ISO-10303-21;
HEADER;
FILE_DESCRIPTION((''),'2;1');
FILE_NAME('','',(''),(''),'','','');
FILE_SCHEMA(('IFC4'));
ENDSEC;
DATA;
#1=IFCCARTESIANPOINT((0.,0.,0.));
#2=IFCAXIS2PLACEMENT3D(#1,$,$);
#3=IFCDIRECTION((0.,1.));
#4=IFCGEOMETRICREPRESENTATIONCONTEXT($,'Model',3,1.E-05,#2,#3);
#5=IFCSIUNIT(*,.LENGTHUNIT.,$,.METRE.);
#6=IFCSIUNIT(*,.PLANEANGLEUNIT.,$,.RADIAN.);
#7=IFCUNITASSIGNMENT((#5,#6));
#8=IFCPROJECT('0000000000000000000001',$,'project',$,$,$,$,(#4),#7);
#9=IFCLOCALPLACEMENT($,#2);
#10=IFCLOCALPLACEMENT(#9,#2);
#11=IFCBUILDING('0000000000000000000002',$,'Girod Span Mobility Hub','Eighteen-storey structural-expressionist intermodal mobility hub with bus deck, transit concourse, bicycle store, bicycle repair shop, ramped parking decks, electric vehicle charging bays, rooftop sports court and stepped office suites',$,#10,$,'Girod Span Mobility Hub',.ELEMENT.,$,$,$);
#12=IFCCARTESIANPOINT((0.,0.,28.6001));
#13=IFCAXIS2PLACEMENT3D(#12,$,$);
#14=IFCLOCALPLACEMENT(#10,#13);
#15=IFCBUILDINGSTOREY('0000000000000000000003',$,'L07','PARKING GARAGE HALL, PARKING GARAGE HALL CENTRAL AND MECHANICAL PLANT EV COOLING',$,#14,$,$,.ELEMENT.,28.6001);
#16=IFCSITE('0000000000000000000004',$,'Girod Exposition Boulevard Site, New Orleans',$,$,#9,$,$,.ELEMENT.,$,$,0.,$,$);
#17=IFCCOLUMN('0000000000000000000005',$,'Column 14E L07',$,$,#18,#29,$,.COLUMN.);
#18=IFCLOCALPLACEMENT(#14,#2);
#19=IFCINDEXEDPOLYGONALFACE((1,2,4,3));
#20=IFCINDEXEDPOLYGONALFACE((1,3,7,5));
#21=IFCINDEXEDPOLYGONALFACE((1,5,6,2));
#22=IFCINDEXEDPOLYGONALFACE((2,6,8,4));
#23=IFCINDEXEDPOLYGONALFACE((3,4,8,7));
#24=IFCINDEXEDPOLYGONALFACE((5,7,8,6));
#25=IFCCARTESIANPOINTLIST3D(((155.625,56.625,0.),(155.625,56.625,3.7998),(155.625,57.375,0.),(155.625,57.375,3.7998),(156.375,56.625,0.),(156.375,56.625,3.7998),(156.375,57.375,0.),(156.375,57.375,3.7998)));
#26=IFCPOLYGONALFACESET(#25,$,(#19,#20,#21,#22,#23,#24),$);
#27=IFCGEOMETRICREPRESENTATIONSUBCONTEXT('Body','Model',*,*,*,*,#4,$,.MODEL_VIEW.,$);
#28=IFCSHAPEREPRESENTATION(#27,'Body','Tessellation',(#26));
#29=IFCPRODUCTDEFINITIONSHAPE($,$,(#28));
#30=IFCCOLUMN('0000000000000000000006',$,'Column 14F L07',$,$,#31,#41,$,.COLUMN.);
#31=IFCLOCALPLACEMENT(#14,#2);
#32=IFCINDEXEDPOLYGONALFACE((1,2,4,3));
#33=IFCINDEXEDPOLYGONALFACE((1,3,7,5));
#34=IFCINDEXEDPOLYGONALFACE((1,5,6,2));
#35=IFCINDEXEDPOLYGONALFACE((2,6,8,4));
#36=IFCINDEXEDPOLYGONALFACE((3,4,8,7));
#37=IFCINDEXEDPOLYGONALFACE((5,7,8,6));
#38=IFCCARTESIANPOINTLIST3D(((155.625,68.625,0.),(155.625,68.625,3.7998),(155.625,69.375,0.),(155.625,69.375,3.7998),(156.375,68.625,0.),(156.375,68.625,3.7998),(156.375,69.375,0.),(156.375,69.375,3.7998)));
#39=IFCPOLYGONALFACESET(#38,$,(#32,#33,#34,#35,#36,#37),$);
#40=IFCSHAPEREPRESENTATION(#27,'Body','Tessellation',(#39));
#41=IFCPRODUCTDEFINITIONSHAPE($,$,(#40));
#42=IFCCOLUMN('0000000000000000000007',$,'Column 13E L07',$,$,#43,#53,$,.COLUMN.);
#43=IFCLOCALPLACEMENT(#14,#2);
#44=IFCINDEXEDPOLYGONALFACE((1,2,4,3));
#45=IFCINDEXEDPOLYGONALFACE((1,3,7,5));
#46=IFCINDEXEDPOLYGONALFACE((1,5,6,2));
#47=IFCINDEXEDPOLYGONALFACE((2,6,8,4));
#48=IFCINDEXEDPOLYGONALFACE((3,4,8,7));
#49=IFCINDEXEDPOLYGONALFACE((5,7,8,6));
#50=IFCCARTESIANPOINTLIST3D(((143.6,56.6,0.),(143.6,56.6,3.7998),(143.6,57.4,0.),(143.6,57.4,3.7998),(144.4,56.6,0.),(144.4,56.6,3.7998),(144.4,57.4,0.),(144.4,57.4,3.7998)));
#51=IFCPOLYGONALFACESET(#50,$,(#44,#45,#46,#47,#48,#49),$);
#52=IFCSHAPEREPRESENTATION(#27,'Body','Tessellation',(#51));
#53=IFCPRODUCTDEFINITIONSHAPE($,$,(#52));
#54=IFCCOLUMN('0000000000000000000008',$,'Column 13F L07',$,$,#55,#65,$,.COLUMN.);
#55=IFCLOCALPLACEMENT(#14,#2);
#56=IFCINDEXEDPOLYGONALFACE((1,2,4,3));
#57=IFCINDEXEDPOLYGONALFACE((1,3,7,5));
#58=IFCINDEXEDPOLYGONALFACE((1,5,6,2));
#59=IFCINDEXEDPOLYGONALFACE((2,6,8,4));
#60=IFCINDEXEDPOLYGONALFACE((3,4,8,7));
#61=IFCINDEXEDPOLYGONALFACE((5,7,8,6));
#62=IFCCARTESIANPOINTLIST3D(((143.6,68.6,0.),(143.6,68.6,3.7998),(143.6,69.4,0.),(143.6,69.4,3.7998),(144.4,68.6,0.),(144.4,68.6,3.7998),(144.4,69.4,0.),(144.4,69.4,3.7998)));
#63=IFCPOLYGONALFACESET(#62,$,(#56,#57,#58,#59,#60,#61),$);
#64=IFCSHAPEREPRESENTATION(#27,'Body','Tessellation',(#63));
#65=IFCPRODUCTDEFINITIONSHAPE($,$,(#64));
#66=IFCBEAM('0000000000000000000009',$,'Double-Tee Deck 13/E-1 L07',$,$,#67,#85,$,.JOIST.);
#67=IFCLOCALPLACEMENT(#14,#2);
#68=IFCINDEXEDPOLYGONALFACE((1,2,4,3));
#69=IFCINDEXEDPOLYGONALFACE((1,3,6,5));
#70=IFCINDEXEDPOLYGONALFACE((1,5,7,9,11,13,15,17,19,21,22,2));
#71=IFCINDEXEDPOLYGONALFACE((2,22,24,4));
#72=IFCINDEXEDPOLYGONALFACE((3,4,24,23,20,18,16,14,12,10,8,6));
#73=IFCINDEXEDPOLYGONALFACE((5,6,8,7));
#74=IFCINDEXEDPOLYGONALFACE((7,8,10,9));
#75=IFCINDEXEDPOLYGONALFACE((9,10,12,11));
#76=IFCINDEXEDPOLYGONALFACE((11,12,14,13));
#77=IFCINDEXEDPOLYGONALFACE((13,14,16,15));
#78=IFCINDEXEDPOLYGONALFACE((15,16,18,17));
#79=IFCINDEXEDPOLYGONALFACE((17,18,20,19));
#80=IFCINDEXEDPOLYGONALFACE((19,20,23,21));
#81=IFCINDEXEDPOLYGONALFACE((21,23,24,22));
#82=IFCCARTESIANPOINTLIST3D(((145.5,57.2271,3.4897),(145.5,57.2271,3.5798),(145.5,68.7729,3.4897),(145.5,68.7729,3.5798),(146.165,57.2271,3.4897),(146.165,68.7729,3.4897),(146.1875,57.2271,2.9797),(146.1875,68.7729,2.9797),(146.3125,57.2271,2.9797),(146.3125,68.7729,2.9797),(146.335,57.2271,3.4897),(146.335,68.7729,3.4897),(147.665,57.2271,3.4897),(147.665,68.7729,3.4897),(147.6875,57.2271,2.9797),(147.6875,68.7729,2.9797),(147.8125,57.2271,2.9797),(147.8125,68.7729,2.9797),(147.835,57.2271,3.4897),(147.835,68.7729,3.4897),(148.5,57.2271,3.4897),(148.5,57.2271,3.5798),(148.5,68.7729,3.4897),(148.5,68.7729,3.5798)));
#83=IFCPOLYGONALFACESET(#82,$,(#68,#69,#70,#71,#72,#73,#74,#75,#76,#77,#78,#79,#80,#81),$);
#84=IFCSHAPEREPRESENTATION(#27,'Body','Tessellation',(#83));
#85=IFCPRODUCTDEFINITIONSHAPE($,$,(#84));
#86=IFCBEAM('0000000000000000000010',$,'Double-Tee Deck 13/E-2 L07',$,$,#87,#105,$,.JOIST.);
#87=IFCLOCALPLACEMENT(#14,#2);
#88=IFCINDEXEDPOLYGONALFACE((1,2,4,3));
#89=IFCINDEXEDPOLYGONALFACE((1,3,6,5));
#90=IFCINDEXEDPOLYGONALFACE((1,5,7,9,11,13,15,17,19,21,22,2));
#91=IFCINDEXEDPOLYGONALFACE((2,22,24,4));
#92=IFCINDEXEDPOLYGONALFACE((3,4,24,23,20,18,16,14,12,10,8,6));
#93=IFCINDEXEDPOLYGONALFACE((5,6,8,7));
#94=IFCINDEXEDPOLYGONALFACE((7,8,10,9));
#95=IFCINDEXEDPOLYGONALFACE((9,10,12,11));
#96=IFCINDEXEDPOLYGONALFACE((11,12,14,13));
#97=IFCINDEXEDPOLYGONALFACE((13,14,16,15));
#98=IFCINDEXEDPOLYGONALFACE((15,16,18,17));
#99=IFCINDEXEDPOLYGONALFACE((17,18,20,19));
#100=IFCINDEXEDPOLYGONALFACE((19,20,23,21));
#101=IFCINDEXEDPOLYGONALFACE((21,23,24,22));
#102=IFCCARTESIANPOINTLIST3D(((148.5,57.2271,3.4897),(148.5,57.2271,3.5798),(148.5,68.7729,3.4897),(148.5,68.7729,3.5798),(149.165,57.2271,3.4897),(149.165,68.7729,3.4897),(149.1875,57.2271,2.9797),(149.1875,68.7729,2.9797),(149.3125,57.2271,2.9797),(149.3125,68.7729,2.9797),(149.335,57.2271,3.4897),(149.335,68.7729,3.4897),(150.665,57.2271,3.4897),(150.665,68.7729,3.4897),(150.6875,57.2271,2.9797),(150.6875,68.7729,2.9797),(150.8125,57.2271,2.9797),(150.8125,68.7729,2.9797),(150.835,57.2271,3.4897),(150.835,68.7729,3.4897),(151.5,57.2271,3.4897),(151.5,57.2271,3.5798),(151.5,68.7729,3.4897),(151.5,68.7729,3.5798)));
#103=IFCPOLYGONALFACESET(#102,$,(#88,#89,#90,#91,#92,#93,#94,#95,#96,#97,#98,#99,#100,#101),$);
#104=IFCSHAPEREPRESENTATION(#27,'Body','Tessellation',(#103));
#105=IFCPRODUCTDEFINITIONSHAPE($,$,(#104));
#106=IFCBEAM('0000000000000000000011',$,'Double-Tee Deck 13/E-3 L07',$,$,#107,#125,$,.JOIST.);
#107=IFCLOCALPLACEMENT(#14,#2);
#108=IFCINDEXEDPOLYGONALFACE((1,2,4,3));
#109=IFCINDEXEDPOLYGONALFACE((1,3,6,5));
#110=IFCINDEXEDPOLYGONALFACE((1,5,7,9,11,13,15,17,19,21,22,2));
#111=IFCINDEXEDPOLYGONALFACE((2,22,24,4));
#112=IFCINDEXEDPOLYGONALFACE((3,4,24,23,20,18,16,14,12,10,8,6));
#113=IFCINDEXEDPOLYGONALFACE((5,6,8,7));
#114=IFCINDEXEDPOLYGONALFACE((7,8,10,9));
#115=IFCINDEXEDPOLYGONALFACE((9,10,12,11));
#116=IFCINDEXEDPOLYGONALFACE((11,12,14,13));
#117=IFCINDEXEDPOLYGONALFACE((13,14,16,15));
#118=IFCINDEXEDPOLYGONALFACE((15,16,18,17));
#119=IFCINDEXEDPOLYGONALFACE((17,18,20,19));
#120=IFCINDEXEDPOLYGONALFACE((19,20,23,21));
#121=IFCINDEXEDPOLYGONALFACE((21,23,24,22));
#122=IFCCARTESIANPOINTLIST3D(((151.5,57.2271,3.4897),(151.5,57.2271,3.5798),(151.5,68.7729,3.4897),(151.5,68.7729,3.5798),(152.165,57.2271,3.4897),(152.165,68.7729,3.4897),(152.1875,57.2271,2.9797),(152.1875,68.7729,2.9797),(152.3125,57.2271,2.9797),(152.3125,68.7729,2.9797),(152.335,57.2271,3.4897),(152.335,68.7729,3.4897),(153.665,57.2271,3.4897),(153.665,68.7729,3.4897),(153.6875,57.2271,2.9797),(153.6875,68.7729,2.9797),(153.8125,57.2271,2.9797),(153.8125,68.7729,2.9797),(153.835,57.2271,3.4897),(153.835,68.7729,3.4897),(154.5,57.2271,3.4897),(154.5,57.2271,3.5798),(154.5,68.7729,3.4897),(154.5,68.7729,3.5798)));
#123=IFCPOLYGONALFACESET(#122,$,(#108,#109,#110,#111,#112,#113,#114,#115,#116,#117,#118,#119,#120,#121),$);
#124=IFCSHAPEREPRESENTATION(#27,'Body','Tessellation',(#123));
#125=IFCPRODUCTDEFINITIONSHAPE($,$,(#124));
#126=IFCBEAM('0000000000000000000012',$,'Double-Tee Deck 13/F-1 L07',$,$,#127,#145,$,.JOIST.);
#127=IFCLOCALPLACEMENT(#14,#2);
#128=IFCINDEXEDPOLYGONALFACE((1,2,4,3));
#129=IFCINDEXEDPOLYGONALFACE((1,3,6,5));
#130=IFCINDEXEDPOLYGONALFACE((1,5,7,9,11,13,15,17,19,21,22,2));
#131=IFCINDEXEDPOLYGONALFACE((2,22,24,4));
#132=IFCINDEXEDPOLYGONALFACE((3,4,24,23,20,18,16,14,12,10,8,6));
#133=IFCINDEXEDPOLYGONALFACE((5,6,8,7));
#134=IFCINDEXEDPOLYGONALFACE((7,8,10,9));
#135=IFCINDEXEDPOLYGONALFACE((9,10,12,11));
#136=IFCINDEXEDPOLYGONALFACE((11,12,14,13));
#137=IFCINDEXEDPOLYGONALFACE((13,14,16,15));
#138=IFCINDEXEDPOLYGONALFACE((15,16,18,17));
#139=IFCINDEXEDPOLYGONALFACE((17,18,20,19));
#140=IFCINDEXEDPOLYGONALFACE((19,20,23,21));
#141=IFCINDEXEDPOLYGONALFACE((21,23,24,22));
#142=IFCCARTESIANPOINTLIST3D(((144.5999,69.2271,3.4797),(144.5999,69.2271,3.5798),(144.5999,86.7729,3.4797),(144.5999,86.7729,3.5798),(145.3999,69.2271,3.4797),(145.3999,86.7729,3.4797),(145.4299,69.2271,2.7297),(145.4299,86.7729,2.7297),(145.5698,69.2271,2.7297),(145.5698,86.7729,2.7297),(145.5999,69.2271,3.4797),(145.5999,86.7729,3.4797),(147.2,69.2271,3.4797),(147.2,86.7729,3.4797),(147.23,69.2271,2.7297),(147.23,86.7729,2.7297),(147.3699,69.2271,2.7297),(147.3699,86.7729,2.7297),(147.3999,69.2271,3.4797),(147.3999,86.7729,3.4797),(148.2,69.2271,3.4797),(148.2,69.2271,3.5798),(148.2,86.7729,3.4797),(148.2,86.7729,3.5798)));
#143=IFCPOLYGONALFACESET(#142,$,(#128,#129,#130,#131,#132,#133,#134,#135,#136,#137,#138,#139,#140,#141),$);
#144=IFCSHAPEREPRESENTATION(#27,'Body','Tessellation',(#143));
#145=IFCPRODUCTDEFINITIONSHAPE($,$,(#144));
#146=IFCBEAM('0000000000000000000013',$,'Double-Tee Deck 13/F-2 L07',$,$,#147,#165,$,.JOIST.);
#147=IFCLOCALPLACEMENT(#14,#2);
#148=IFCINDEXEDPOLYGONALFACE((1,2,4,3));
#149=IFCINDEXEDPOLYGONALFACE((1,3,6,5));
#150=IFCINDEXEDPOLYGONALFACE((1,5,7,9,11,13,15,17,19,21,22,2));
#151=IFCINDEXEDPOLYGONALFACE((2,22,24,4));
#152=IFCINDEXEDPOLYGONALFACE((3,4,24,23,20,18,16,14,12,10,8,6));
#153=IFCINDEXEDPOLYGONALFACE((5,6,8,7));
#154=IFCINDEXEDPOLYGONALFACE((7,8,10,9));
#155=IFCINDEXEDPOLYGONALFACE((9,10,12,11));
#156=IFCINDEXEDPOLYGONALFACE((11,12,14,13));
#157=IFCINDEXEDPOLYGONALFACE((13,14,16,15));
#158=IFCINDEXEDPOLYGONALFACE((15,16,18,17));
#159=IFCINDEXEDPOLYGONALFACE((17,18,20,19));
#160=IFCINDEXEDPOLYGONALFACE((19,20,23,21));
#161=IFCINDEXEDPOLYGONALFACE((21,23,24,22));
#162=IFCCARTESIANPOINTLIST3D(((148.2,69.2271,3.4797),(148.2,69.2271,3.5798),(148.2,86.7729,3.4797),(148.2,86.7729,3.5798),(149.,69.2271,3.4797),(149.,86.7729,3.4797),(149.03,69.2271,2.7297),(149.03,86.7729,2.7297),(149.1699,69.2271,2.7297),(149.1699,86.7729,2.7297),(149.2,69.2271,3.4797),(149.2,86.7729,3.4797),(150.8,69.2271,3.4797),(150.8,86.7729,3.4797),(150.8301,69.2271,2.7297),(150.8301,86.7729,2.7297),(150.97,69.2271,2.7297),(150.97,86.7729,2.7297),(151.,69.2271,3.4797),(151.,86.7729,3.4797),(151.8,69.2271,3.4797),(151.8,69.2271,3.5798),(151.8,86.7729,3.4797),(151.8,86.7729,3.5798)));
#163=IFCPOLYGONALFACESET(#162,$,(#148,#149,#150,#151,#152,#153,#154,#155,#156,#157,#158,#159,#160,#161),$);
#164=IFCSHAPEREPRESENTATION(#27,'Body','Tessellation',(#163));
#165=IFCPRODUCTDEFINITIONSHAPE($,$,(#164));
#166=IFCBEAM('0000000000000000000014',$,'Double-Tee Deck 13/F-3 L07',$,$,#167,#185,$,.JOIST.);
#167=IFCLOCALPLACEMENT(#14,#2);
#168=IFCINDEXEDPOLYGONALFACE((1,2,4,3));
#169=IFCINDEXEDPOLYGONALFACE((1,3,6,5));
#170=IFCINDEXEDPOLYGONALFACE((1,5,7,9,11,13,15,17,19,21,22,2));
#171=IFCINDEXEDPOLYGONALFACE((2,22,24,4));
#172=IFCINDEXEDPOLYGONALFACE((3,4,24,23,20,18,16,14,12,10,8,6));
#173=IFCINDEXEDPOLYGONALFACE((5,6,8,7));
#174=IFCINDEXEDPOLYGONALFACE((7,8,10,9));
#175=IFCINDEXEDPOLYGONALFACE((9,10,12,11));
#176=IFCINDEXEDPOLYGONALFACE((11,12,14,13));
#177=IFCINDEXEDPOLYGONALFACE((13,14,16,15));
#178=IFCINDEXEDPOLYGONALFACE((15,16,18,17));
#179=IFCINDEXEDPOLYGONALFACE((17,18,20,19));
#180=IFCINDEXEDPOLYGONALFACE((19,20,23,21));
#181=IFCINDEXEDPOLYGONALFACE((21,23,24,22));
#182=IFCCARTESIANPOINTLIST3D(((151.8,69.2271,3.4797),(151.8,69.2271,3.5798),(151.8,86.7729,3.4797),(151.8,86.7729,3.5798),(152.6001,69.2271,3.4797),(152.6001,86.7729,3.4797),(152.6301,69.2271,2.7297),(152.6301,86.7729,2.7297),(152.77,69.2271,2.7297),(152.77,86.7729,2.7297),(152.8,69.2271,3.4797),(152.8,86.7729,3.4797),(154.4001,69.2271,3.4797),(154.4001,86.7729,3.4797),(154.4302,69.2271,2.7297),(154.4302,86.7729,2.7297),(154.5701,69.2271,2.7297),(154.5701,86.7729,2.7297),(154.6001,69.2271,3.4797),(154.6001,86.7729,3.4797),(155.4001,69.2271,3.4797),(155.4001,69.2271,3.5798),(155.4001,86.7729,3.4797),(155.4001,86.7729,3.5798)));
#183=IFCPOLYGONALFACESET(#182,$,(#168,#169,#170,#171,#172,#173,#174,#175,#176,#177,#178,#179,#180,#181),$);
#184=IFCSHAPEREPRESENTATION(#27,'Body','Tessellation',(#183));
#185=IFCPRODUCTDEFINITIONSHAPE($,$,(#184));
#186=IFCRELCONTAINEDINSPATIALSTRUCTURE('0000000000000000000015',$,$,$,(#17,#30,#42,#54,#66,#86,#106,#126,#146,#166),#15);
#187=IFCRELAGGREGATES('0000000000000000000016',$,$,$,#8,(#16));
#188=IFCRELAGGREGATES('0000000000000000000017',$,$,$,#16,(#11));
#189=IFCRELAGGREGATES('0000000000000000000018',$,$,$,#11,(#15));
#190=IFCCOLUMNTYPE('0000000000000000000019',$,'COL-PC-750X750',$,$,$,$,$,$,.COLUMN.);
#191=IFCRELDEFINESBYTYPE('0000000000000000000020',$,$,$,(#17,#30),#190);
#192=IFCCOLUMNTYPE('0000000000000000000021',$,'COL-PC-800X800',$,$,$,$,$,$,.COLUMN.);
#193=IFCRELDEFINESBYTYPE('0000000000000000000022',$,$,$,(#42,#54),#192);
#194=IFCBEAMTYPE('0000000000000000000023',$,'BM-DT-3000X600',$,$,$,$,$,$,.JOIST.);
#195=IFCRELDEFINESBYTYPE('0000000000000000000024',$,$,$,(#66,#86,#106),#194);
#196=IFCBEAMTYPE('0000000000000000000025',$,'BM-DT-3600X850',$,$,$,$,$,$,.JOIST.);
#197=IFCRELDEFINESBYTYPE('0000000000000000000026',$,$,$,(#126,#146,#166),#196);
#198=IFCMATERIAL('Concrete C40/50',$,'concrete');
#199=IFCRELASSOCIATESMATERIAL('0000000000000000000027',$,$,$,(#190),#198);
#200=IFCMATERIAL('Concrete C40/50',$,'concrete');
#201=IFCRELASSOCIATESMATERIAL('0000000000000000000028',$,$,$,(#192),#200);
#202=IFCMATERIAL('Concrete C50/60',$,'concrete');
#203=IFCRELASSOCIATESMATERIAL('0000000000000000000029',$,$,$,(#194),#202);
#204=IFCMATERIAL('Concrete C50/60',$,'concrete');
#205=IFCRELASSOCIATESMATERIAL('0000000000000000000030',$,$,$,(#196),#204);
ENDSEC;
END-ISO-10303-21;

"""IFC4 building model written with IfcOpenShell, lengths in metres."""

from ifc_helpers import new_model, si_unit, direction, frame, origin, origin_2d, place, context, subcontext, project, spatial, polyline, rectangle, outline, extrude, material, material_profile, profile_set, type_object, element, save


model = new_model("IFC4")

# Units and contexts
model_context = context("Model", 3, precision=1e-05, world=origin(), true_north=direction((0.0, 1.0)))
body_context = subcontext(model_context, "Body", "Model", "MODEL_VIEW")
ifc_project = project(units=[si_unit("LENGTHUNIT", "METRE"), si_unit("PLANEANGLEUNIT", "RADIAN")], contexts=[model_context])

# Site, building, storey
site_placement = place(None, origin())
site = spatial("IfcSite", under=ifc_project, at=site_placement, Name="Girod Exposition Boulevard Site, New Orleans", CompositionType="ELEMENT", RefElevation=0.0)
building_placement = place(site_placement, origin())
building = spatial("IfcBuilding", under=site, at=building_placement, Name="Girod Span Mobility Hub", Description="Eighteen-storey structural-expressionist intermodal mobility hub with bus deck, transit concourse, bicycle store, bicycle repair shop, ramped parking decks, electric vehicle charging bays, rooftop sports court and stepped office suites", LongName="Girod Span Mobility Hub", CompositionType="ELEMENT")
storey_placement = place(building_placement, frame((0.0, 0.0, 28.6001)))
storey = spatial("IfcBuildingStorey", under=building, at=storey_placement, Name="L07", Description="PARKING GARAGE HALL, PARKING GARAGE HALL CENTRAL AND MECHANICAL PLANT EV COOLING", CompositionType="ELEMENT", Elevation=28.6001)

# Columns
ifc_material_1 = material(Name="Concrete C40/50", Category="concrete")
ifc_material_profile_1 = material_profile(ifc_material_1, rectangle(XDim=0.75, YDim=0.75, at=origin_2d()), Name="PC-COL-750X750")
ifc_profile_set_1 = profile_set([ifc_material_profile_1], Name="Concrete C40/50")
column_type_1 = type_object("IfcColumnType", Name="COL-PC-750X750", PredefinedType="COLUMN", material=ifc_profile_set_1)
for number, where, z_axis, x_axis, name in (
    (1, (156.0, 57.0, 0.0), (0.0, 0.0, 1.0), (1.0, 0.0, 0.0), "Column 14E L07"),
    (2, (156.0, 69.0, 0.0), (0.0, 0.0, 1.0), (1.0, 0.0, 0.0), "Column 14F L07"),
):
    element("IfcColumn", number, at=place(storey_placement, frame(where, z_axis=z_axis, x_axis=x_axis)), inside=storey, type_object=column_type_1, Name=name, PredefinedType="COLUMN", context=body_context, shape_type="SweptSolid", body=[
        extrude(rectangle(XDim=0.75, YDim=0.75, at=origin_2d()), origin(), (0.0, 0.0, 1.0), 3.7998),
    ])
ifc_material_2 = material(Name="Concrete C40/50", Category="concrete")
ifc_material_profile_2 = material_profile(ifc_material_2, rectangle(XDim=0.8, YDim=0.8, at=origin_2d()), Name="PC-COL-800X800")
ifc_profile_set_2 = profile_set([ifc_material_profile_2], Name="Concrete C40/50")
column_type_2 = type_object("IfcColumnType", Name="COL-PC-800X800", PredefinedType="COLUMN", material=ifc_profile_set_2)
for number, where, z_axis, x_axis, name in (
    (3, (144.0, 57.0, 0.0), (0.0, 0.0, 1.0), (1.0, 0.0, 0.0), "Column 13E L07"),
    (4, (144.0, 69.0, 0.0), (0.0, 0.0, 1.0), (1.0, 0.0, 0.0), "Column 13F L07"),
):
    element("IfcColumn", number, at=place(storey_placement, frame(where, z_axis=z_axis, x_axis=x_axis)), inside=storey, type_object=column_type_2, Name=name, PredefinedType="COLUMN", context=body_context, shape_type="SweptSolid", body=[
        extrude(rectangle(XDim=0.8, YDim=0.8, at=origin_2d()), origin(), (0.0, 0.0, 1.0), 3.7998),
    ])

# Beams
ifc_material_3 = material(Name="Concrete C50/60", Category="concrete")
ifc_material_profile_3 = material_profile(ifc_material_3, outline(polyline([(-1.5, 0.3), (-1.5, 0.21), (-0.835, 0.21), (-0.8125, -0.3), (-0.6875, -0.3), (-0.665, 0.21), (0.665, 0.21), (0.6875, -0.3), (0.8125, -0.3), (0.835, 0.21), (1.5, 0.21), (1.5, 0.3), (-1.5, 0.3)])), Name="DT-3000X600")
ifc_profile_set_3 = profile_set([ifc_material_profile_3], Name="Concrete C50/60")
beam_type_1 = type_object("IfcBeamType", Name="BM-DT-3000X600", PredefinedType="JOIST", material=ifc_profile_set_3)
for number, where, z_axis, x_axis, name in (
    (5, (147.0, 57.2271, 3.2798), (0.0, 1.0, 0.0), (-1.0, 0.0, 0.0), "Double-Tee Deck 13/E-1 L07"),
    (6, (150.0, 57.2271, 3.2798), (0.0, 1.0, 0.0), (-1.0, 0.0, 0.0), "Double-Tee Deck 13/E-2 L07"),
    (7, (153.0, 57.2271, 3.2798), (0.0, 1.0, 0.0), (-1.0, 0.0, 0.0), "Double-Tee Deck 13/E-3 L07"),
):
    element("IfcBeam", number, at=place(storey_placement, frame(where, z_axis=z_axis, x_axis=x_axis)), inside=storey, type_object=beam_type_1, Name=name, PredefinedType="JOIST", context=body_context, shape_type="SweptSolid", body=[
        extrude(outline(polyline([(-1.5, 0.3), (-1.5, 0.21), (-0.835, 0.21), (-0.8125, -0.3), (-0.6875, -0.3), (-0.665, 0.21), (0.665, 0.21), (0.6875, -0.3), (0.8125, -0.3), (0.835, 0.21), (1.5, 0.21), (1.5, 0.3), (-1.5, 0.3)])), origin(), (0.0, 0.0, 1.0), 11.5459),
    ])
ifc_material_4 = material(Name="Concrete C50/60", Category="concrete")
ifc_material_profile_4 = material_profile(ifc_material_4, outline(polyline([(-1.8, 0.425), (-1.8, 0.325), (-1.0, 0.325), (-0.97, -0.425), (-0.8301, -0.425), (-0.8, 0.325), (0.8, 0.325), (0.8301, -0.425), (0.97, -0.425), (1.0, 0.325), (1.8, 0.325), (1.8, 0.425), (-1.8, 0.425)])), Name="DT-3600X850")
ifc_profile_set_4 = profile_set([ifc_material_profile_4], Name="Concrete C50/60")
beam_type_2 = type_object("IfcBeamType", Name="BM-DT-3600X850", PredefinedType="JOIST", material=ifc_profile_set_4)
for number, where, z_axis, x_axis, name in (
    (8, (146.3999, 69.2271, 3.1548), (0.0, 1.0, 0.0), (-1.0, 0.0, 0.0), "Double-Tee Deck 13/F-1 L07"),
    (9, (150.0, 69.2271, 3.1548), (0.0, 1.0, 0.0), (-1.0, 0.0, 0.0), "Double-Tee Deck 13/F-2 L07"),
    (10, (153.6001, 69.2271, 3.1548), (0.0, 1.0, 0.0), (-1.0, 0.0, 0.0), "Double-Tee Deck 13/F-3 L07"),
):
    element("IfcBeam", number, at=place(storey_placement, frame(where, z_axis=z_axis, x_axis=x_axis)), inside=storey, type_object=beam_type_2, Name=name, PredefinedType="JOIST", context=body_context, shape_type="SweptSolid", body=[
        extrude(outline(polyline([(-1.8, 0.425), (-1.8, 0.325), (-1.0, 0.325), (-0.97, -0.425), (-0.8301, -0.425), (-0.8, 0.325), (0.8, 0.325), (0.8301, -0.425), (0.97, -0.425), (1.0, 0.325), (1.8, 0.325), (1.8, 0.425), (-1.8, 0.425)])), origin(), (0.0, 0.0, 1.0), 17.5459),
    ])

save(model, "model.ifc")
